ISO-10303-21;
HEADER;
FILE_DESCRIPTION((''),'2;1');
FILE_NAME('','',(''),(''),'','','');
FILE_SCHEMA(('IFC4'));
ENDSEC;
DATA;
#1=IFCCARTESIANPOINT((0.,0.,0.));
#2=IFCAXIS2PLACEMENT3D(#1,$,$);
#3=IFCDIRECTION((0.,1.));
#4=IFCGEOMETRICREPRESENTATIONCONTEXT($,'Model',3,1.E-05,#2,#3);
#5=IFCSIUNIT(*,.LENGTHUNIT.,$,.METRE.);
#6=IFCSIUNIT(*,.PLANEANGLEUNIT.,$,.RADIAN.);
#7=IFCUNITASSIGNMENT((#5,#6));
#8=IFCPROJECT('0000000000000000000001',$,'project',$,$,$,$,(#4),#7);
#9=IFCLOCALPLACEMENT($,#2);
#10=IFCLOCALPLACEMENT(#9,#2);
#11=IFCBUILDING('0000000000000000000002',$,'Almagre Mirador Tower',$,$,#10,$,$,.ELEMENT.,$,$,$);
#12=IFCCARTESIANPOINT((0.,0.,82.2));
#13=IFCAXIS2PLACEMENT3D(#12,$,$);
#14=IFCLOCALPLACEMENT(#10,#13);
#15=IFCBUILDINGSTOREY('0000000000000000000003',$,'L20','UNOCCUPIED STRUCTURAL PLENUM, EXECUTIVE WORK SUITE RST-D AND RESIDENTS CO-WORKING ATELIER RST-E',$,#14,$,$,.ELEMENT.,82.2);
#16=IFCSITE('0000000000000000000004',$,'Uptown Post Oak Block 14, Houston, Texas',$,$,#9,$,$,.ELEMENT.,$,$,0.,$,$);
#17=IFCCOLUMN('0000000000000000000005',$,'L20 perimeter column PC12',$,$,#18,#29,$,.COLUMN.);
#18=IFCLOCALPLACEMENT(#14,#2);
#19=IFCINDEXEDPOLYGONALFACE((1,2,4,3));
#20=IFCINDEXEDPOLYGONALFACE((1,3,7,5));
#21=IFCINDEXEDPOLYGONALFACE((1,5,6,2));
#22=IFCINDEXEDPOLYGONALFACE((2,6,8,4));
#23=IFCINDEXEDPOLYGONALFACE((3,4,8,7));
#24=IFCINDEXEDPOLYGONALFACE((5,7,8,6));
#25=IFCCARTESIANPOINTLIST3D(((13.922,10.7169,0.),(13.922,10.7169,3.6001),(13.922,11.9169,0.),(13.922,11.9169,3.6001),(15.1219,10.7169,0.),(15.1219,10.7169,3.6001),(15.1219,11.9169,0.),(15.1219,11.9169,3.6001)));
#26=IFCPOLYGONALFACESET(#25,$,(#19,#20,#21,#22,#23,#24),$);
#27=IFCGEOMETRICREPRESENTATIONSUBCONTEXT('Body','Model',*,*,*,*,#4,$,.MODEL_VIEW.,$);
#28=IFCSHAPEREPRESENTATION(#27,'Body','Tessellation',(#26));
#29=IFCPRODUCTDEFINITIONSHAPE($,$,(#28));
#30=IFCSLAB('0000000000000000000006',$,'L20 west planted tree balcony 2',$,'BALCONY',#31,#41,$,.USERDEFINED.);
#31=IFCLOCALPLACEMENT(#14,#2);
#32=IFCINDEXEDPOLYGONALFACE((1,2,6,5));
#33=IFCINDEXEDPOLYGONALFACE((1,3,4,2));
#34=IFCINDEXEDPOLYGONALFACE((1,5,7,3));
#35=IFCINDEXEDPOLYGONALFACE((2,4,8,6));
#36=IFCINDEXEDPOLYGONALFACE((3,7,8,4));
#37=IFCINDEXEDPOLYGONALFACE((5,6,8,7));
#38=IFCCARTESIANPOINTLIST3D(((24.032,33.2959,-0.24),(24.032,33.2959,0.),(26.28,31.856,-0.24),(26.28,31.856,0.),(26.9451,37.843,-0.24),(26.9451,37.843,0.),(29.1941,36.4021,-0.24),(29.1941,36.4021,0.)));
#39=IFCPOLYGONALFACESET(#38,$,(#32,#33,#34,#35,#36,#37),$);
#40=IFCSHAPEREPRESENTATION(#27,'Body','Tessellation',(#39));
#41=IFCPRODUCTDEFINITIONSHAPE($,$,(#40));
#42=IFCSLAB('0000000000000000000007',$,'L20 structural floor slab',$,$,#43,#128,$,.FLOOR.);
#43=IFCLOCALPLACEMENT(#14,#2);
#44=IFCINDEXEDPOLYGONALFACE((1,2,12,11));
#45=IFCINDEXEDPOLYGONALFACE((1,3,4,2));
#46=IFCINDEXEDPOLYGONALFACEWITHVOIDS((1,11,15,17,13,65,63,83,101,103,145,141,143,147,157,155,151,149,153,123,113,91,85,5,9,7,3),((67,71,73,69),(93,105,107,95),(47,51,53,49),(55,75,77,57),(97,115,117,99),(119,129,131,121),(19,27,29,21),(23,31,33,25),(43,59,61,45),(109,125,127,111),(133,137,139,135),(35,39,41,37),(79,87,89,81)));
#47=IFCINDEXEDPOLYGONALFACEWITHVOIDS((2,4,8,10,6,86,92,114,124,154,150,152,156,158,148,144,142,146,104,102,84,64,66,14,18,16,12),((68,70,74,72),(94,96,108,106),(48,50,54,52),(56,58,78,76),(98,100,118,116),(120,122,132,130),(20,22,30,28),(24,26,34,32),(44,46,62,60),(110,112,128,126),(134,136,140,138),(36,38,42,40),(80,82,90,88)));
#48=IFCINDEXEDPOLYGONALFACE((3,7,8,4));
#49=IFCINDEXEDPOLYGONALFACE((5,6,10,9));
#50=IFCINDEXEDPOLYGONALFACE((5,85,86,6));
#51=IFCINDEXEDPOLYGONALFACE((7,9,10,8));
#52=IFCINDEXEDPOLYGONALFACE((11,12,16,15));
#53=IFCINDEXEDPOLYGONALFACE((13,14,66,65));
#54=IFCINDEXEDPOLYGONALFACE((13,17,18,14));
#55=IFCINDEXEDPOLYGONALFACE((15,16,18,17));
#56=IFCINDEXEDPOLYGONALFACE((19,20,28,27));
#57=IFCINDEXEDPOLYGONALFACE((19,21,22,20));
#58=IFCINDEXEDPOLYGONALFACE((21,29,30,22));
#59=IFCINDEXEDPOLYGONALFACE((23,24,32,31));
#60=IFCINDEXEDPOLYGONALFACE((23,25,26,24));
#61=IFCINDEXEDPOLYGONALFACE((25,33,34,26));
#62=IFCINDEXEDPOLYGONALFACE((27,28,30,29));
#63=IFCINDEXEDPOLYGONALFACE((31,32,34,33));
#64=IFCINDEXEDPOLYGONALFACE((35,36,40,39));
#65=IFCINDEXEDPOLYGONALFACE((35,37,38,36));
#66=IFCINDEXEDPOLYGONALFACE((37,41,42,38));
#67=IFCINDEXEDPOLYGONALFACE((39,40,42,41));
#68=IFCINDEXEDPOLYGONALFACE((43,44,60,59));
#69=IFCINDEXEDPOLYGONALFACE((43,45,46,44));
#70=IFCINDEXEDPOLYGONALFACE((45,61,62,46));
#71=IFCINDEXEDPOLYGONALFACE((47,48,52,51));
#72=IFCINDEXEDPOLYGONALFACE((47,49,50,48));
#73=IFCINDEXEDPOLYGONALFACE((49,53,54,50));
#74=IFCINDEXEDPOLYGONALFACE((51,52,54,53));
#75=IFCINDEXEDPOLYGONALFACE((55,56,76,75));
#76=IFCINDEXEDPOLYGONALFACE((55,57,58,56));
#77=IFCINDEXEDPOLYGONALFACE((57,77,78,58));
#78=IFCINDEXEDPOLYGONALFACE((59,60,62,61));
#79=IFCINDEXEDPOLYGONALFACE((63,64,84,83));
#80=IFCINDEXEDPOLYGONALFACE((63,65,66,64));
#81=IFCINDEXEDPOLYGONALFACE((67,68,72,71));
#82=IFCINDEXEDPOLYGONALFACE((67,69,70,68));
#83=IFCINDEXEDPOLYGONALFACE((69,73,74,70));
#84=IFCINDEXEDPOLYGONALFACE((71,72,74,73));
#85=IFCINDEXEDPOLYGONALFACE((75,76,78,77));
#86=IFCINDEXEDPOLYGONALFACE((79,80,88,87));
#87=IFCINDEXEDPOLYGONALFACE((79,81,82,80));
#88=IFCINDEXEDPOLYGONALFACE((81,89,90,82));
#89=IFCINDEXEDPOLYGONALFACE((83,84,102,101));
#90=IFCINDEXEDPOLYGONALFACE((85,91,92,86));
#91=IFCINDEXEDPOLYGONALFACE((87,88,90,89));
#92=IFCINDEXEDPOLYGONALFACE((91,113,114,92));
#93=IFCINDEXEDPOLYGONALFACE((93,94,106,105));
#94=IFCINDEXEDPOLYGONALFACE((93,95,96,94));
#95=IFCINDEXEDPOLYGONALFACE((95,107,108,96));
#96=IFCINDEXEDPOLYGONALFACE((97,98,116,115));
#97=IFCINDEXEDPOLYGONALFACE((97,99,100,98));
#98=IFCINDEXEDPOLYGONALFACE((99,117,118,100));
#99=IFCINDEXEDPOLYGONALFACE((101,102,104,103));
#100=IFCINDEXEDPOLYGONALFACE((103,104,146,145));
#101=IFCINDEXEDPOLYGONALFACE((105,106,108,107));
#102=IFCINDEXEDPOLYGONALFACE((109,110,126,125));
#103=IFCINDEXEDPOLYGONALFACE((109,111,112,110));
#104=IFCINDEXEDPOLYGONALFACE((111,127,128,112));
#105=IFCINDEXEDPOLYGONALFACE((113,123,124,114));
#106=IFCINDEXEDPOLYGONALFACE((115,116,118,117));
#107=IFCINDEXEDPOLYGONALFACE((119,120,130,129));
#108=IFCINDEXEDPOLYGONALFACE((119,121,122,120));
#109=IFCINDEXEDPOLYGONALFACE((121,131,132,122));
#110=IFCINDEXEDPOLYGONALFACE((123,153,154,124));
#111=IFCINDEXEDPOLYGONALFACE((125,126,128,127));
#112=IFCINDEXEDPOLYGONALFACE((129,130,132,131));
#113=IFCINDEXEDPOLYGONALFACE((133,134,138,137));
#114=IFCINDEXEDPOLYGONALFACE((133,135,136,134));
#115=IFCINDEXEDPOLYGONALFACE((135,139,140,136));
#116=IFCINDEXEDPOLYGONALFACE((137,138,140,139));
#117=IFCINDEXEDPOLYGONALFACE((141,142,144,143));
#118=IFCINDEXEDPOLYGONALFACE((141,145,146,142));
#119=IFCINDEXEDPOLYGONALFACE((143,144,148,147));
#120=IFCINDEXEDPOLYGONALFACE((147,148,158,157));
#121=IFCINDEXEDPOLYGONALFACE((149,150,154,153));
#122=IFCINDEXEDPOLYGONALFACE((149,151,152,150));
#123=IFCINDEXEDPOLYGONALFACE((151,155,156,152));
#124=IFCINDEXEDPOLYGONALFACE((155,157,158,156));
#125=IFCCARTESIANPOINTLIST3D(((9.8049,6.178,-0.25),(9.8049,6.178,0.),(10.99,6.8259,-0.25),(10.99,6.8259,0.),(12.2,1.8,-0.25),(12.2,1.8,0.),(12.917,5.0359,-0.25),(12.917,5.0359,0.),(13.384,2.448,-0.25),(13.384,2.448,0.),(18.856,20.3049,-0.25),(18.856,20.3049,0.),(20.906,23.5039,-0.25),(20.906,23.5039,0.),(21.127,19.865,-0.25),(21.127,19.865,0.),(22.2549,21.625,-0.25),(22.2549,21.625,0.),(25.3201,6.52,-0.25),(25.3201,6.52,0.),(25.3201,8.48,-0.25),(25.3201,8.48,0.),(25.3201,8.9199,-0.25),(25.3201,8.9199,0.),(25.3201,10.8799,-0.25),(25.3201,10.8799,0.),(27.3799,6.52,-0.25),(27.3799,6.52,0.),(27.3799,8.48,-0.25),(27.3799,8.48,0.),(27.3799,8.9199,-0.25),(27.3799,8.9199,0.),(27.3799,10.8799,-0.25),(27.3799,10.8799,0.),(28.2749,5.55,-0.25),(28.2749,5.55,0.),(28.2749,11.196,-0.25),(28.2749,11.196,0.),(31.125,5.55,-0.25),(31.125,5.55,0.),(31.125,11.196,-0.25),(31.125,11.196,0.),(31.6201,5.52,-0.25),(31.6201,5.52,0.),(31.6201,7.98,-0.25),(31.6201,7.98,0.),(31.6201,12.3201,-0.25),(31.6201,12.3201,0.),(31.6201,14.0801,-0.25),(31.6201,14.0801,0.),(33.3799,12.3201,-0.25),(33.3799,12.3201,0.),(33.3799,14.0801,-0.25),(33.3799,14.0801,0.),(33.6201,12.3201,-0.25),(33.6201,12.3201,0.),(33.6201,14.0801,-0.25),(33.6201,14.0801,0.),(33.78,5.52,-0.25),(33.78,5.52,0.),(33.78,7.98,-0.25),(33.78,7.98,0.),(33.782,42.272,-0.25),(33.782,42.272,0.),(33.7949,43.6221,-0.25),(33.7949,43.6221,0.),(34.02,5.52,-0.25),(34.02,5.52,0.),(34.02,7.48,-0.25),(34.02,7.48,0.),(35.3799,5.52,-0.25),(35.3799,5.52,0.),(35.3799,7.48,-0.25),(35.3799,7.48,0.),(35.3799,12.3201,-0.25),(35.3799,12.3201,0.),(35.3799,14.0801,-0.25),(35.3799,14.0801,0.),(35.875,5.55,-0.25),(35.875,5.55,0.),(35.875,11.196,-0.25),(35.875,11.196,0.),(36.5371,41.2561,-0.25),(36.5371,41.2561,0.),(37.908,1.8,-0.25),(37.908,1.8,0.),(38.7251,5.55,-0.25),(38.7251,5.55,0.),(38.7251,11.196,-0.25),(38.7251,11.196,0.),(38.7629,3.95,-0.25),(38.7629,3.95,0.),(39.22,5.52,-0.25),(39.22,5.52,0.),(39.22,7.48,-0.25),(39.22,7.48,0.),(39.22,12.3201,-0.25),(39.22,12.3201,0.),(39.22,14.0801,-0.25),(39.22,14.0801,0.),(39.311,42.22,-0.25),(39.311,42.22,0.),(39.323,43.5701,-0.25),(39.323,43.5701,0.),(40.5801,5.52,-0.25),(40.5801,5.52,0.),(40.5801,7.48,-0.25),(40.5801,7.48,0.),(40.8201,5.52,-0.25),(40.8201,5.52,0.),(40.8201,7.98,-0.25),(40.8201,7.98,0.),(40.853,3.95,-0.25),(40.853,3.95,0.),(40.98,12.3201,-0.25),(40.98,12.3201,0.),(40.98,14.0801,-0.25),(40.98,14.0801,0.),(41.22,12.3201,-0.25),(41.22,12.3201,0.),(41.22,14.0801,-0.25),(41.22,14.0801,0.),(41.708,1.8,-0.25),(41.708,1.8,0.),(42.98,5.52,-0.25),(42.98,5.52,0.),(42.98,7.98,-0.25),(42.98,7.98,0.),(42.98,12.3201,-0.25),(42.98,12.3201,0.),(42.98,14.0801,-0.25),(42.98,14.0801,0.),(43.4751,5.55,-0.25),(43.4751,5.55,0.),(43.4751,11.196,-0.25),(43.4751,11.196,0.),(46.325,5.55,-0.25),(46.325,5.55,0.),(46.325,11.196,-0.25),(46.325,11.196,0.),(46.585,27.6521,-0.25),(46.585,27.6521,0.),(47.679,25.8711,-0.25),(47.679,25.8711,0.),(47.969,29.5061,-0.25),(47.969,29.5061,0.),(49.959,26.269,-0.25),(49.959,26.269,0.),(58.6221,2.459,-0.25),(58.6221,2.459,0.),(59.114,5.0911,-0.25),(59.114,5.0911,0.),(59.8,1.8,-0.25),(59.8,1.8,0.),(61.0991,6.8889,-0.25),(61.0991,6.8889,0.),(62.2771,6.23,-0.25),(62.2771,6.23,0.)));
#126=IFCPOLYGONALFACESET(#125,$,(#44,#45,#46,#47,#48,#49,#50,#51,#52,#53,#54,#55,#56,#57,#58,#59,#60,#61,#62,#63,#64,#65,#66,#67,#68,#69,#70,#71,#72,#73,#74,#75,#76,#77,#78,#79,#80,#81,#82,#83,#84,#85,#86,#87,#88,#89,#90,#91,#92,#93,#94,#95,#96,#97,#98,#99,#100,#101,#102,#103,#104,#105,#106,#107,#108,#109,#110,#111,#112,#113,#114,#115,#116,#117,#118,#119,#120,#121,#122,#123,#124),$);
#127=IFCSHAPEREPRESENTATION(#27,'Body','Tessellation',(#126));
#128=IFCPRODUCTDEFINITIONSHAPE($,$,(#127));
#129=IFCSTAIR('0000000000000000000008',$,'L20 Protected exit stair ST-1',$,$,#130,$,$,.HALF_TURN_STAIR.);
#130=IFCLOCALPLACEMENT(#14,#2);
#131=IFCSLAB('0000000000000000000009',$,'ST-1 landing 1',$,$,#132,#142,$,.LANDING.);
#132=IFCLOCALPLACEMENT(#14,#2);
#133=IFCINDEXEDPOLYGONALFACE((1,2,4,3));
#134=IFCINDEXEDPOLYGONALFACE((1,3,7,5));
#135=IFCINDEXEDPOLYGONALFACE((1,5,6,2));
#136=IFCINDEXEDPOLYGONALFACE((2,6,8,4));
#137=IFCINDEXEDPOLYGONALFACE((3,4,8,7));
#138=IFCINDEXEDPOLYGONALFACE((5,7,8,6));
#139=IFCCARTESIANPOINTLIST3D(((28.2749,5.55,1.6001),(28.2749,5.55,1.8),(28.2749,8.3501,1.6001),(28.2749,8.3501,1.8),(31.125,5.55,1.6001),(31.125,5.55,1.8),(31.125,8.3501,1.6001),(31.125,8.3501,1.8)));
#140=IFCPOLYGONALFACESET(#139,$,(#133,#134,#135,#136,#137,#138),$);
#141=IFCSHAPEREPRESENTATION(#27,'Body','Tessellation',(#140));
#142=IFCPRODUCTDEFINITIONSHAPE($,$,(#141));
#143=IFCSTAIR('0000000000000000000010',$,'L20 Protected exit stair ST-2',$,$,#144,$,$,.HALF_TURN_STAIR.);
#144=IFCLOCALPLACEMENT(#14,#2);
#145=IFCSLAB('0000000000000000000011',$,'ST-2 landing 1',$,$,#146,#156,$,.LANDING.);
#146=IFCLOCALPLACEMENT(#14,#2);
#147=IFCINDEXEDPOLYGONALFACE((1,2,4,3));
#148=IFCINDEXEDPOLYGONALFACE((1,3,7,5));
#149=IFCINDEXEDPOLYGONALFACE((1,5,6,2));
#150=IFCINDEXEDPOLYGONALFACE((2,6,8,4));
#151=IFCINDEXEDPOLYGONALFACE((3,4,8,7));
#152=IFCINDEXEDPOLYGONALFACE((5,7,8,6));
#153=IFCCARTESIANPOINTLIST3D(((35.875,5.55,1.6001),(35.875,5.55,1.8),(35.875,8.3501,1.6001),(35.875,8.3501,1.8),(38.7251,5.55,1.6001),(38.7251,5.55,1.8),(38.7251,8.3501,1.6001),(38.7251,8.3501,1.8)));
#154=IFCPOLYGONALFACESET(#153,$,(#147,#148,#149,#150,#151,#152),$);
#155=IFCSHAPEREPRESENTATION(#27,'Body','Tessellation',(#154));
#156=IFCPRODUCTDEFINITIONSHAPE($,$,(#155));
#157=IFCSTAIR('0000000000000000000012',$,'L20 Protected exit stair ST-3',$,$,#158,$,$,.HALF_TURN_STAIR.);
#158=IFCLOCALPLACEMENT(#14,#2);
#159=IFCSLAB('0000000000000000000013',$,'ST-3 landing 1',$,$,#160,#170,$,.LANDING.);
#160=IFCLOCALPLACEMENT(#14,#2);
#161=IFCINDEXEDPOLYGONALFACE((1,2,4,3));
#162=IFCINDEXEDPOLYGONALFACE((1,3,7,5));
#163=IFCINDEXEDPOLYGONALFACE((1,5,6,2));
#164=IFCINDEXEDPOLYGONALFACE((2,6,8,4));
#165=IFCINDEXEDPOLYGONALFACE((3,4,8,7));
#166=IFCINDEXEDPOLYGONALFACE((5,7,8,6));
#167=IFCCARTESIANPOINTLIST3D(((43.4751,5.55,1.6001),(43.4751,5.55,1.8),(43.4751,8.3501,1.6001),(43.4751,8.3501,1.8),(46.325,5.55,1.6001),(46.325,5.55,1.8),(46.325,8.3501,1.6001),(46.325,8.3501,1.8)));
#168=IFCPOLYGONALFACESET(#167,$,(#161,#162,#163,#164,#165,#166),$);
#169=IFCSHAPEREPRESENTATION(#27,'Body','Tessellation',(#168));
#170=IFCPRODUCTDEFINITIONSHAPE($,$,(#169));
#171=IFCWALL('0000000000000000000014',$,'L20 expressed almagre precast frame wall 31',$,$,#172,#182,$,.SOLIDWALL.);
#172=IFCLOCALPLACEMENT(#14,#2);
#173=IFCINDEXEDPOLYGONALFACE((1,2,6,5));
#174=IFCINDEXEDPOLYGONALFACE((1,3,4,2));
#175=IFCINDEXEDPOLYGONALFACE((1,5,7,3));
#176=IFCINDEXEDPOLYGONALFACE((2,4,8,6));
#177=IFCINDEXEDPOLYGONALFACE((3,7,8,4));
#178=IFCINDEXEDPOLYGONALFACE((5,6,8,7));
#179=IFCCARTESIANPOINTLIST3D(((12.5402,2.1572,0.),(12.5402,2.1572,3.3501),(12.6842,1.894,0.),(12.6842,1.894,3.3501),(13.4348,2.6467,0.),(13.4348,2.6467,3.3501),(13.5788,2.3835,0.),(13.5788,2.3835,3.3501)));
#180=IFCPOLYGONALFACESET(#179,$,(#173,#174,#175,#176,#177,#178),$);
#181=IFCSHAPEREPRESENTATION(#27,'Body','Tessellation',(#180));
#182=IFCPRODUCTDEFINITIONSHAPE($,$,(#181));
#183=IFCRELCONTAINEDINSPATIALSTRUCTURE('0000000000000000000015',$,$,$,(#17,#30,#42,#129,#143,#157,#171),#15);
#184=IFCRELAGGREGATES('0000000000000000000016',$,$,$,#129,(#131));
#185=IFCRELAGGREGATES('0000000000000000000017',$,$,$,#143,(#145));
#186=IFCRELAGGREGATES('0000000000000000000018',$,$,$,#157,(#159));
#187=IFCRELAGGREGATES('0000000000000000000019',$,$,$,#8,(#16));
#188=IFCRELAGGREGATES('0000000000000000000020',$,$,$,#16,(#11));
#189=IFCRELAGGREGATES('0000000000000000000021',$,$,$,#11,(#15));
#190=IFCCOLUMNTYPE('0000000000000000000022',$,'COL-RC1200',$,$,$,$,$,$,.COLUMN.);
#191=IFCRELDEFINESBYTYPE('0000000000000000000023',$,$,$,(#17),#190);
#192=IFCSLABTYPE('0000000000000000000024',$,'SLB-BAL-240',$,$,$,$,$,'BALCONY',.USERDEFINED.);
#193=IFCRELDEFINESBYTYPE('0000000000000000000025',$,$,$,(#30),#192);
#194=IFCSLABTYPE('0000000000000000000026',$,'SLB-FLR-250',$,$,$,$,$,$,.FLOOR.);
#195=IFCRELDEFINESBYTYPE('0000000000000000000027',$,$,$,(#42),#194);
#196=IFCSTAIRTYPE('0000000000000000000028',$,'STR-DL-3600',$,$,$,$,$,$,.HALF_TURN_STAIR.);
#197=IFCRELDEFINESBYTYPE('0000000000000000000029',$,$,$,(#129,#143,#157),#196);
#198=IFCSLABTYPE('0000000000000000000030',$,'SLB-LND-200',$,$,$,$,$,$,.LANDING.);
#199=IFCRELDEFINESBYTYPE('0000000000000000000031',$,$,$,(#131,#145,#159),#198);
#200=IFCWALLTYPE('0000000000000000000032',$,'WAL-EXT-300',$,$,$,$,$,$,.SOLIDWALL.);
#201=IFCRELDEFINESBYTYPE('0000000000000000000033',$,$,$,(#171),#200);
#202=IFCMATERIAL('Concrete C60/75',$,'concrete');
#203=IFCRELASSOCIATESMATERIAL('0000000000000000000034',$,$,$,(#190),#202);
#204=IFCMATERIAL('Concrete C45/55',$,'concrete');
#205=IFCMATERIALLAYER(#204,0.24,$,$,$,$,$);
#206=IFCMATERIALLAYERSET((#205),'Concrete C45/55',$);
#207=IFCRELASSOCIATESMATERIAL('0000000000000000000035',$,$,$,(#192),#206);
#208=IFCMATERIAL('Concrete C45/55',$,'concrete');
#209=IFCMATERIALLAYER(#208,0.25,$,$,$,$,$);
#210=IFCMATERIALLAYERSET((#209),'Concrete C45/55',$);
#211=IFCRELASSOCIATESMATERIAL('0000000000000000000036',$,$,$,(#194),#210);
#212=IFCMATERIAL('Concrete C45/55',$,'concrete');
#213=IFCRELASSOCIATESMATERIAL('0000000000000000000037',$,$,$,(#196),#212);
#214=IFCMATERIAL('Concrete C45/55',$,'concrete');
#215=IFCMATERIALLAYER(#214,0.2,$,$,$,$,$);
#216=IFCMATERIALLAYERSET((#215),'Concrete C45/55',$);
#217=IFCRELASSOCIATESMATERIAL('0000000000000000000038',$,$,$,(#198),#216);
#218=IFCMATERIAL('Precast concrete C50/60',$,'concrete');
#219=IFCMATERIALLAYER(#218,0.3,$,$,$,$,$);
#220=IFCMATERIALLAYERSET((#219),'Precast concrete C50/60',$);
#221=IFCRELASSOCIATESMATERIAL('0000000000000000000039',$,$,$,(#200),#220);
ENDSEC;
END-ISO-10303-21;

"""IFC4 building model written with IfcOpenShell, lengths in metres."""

from ifc_helpers import new_model, si_unit, direction, frame, frame_2d, origin, origin_2d, place, context, subcontext, project, spatial, polyline, rectangle, outline, extrude, material, layer, layer_set, material_profile, profile_set, type_object, element, aggregate, save


model = new_model("IFC4")

# Units and contexts
model_context = context("Model", 3, precision=1e-05, world=origin(), true_north=direction((0.0, 1.0)))
body_context = subcontext(model_context, "Body", "Model", "MODEL_VIEW")
ifc_project = project(units=[si_unit("LENGTHUNIT", "METRE"), si_unit("PLANEANGLEUNIT", "RADIAN")], contexts=[model_context])

# Site, building, storey
site_placement = place(None, origin())
site = spatial("IfcSite", under=ifc_project, at=site_placement, Name="Uptown Post Oak Block 14, Houston, Texas", CompositionType="ELEMENT", RefElevation=0.0)
building_placement = place(site_placement, origin())
building = spatial("IfcBuilding", under=site, at=building_placement, Name="Almagre Mirador Tower", CompositionType="ELEMENT")
storey_placement = place(building_placement, frame((0.0, 0.0, 82.2)))
storey = spatial("IfcBuildingStorey", under=building, at=storey_placement, Name="L20", Description="UNOCCUPIED STRUCTURAL PLENUM, EXECUTIVE WORK SUITE RST-D AND RESIDENTS CO-WORKING ATELIER RST-E", CompositionType="ELEMENT", Elevation=82.2)

# Column
ifc_material_1 = material(Name="Concrete C60/75", Category="concrete")
ifc_material_profile = material_profile(ifc_material_1, rectangle(XDim=1.2, YDim=1.2, at=origin_2d()), Name="RC1200X1200")
ifc_profile_set = profile_set([ifc_material_profile], Name="Concrete C60/75")
column_type = type_object("IfcColumnType", Name="COL-RC1200", PredefinedType="COLUMN", material=ifc_profile_set)
column_placement = place(storey_placement, frame((14.522, 11.3169, 0.0), z_axis=(0.0, 0.0, 1.0), x_axis=(1.0, 0.0, 0.0)))
element("IfcColumn", 1, at=column_placement, inside=storey, type_object=column_type, Name="L20 perimeter column PC12", PredefinedType="COLUMN", context=body_context, shape_type="SweptSolid", body=[
    extrude(rectangle(XDim=1.2, YDim=1.2, at=origin_2d()), origin(), (0.0, 0.0, 1.0), 3.6001),
])

# Slabs
ifc_material_2 = material(Name="Concrete C45/55", Category="concrete")
ifc_layer_1 = layer(ifc_material_2, 0.24)
ifc_layer_set_1 = layer_set([ifc_layer_1], Name="Concrete C45/55")
slab_type_1 = type_object("IfcSlabType", Name="SLB-BAL-240", ElementType="BALCONY", PredefinedType="USERDEFINED", material=ifc_layer_set_1)
slab_1_placement = place(storey_placement, frame((0.0, 0.0, -0.24)))
element("IfcSlab", 2, at=slab_1_placement, inside=storey, type_object=slab_type_1, Name="L20 west planted tree balcony 2", ObjectType="BALCONY", PredefinedType="USERDEFINED", context=body_context, shape_type="SweptSolid", body=[
    extrude(outline(polyline([(29.1941, 36.4021), (26.28, 31.856), (24.032, 33.2959), (26.9451, 37.843), (29.1941, 36.4021)])), origin(), (0.0, 0.0, 1.0), 0.24),
])
ifc_material_3 = material(Name="Concrete C45/55", Category="concrete")
ifc_layer_2 = layer(ifc_material_3, 0.25)
ifc_layer_set_2 = layer_set([ifc_layer_2], Name="Concrete C45/55")
slab_type_2 = type_object("IfcSlabType", Name="SLB-FLR-250", PredefinedType="FLOOR", material=ifc_layer_set_2)
slab_2_placement = place(storey_placement, frame((0.0, 0.0, -0.25)))
element("IfcSlab", 3, at=slab_2_placement, inside=storey, type_object=slab_type_2, Name="L20 structural floor slab", PredefinedType="FLOOR", context=body_context, shape_type="SweptSolid", body=[
    extrude(outline(polyline([(9.8049, 6.178), (10.99, 6.8259), (12.917, 5.0359), (13.384, 2.448), (12.2, 1.8), (37.908, 1.8), (38.7629, 3.95), (40.853, 3.95), (41.708, 1.8), (59.8, 1.8), (58.6221, 2.459), (59.114, 5.0911), (61.0991, 6.8889), (62.2771, 6.23), (49.959, 26.269), (47.679, 25.8711), (46.585, 27.6521), (47.969, 29.5061), (39.323, 43.5701), (39.311, 42.22), (36.5371, 41.2561), (33.782, 42.272), (33.7949, 43.6221), (20.906, 23.5039), (22.2549, 21.625), (21.127, 19.865), (18.856, 20.3049), (9.8049, 6.178)]), holes=[polyline([(43.4751, 11.196), (46.325, 11.196), (46.325, 5.55), (43.4751, 5.55), (43.4751, 11.196)]), polyline([(40.8201, 5.52), (40.8201, 7.98), (42.98, 7.98), (42.98, 5.52), (40.8201, 5.52)]), polyline([(41.22, 12.3201), (41.22, 14.0801), (42.98, 14.0801), (42.98, 12.3201), (41.22, 12.3201)]), polyline([(39.22, 12.3201), (39.22, 14.0801), (40.98, 14.0801), (40.98, 12.3201), (39.22, 12.3201)]), polyline([(39.22, 5.52), (39.22, 7.48), (40.5801, 7.48), (40.5801, 5.52), (39.22, 5.52)]), polyline([(35.875, 11.196), (38.7251, 11.196), (38.7251, 5.55), (35.875, 5.55), (35.875, 11.196)]), polyline([(35.3799, 5.52), (34.02, 5.52), (34.02, 7.48), (35.3799, 7.48), (35.3799, 5.52)]), polyline([(35.3799, 12.3201), (33.6201, 12.3201), (33.6201, 14.0801), (35.3799, 14.0801), (35.3799, 12.3201)]), polyline([(31.6201, 5.52), (31.6201, 7.98), (33.78, 7.98), (33.78, 5.52), (31.6201, 5.52)]), polyline([(31.6201, 12.3201), (31.6201, 14.0801), (33.3799, 14.0801), (33.3799, 12.3201), (31.6201, 12.3201)]), polyline([(28.2749, 5.55), (28.2749, 11.196), (31.125, 11.196), (31.125, 5.55), (28.2749, 5.55)]), polyline([(25.3201, 6.52), (25.3201, 8.48), (27.3799, 8.48), (27.3799, 6.52), (25.3201, 6.52)]), polyline([(25.3201, 8.9199), (25.3201, 10.8799), (27.3799, 10.8799), (27.3799, 8.9199), (25.3201, 8.9199)])]), origin(), (0.0, 0.0, 1.0), 0.25),
])

# Stairs, slabs
ifc_material_4 = material(Name="Concrete C45/55", Category="concrete")
stair_type = type_object("IfcStairType", Name="STR-DL-3600", PredefinedType="HALF_TURN_STAIR", material=ifc_material_4)
stair_1_placement = place(storey_placement, origin())
stair_1 = element("IfcStair", 4, at=stair_1_placement, inside=storey, type_object=stair_type, Name="L20 Protected exit stair ST-1", PredefinedType="HALF_TURN_STAIR")
ifc_material_5 = material(Name="Concrete C45/55", Category="concrete")
ifc_layer_3 = layer(ifc_material_5, 0.2)
ifc_layer_set_3 = layer_set([ifc_layer_3], Name="Concrete C45/55")
slab_type_3 = type_object("IfcSlabType", Name="SLB-LND-200", PredefinedType="LANDING", material=ifc_layer_set_3)
slab_3_placement = place(storey_placement, frame((0.0, 0.0, 1.6001)))
slab_3 = element("IfcSlab", 5, at=slab_3_placement, type_object=slab_type_3, Name="ST-1 landing 1", PredefinedType="LANDING", context=body_context, shape_type="SweptSolid", body=[
    extrude(outline(polyline([(28.2749, 8.3501), (28.2749, 5.55), (31.125, 5.55), (31.125, 8.3501), (28.2749, 8.3501)])), origin(), (0.0, 0.0, 1.0), 0.2),
])
aggregate(stair_1, [slab_3])
stair_2_placement = place(storey_placement, origin())
stair_2 = element("IfcStair", 6, at=stair_2_placement, inside=storey, type_object=stair_type, Name="L20 Protected exit stair ST-2", PredefinedType="HALF_TURN_STAIR")
slab_4_placement = place(storey_placement, frame((0.0, 0.0, 1.6001)))
slab_4 = element("IfcSlab", 7, at=slab_4_placement, type_object=slab_type_3, Name="ST-2 landing 1", PredefinedType="LANDING", context=body_context, shape_type="SweptSolid", body=[
    extrude(outline(polyline([(35.875, 8.3501), (35.875, 5.55), (38.7251, 5.55), (38.7251, 8.3501), (35.875, 8.3501)])), origin(), (0.0, 0.0, 1.0), 0.2),
])
aggregate(stair_2, [slab_4])
stair_3_placement = place(storey_placement, origin())
stair_3 = element("IfcStair", 8, at=stair_3_placement, inside=storey, type_object=stair_type, Name="L20 Protected exit stair ST-3", PredefinedType="HALF_TURN_STAIR")
slab_5_placement = place(storey_placement, frame((0.0, 0.0, 1.6001)))
slab_5 = element("IfcSlab", 9, at=slab_5_placement, type_object=slab_type_3, Name="ST-3 landing 1", PredefinedType="LANDING", context=body_context, shape_type="SweptSolid", body=[
    extrude(outline(polyline([(43.4751, 8.3501), (43.4751, 5.55), (46.325, 5.55), (46.325, 8.3501), (43.4751, 8.3501)])), origin(), (0.0, 0.0, 1.0), 0.2),
])
aggregate(stair_3, [slab_5])

# Wall
ifc_material_6 = material(Name="Precast concrete C50/60", Category="concrete")
ifc_layer_4 = layer(ifc_material_6, 0.3)
ifc_layer_set_4 = layer_set([ifc_layer_4], Name="Precast concrete C50/60")
wall_type_1 = type_object("IfcWallType", Name="WAL-EXT-300", PredefinedType="SOLIDWALL", material=ifc_layer_set_4)
wall_1_placement = place(storey_placement, frame((12.6123, 2.0256, 0.0), z_axis=(0.0, 0.0, 1.0), x_axis=(0.877245, 0.480043, 0.0)))
element("IfcWall", 10, at=wall_1_placement, inside=storey, type_object=wall_type_1, Name="L20 expressed almagre precast frame wall 31", PredefinedType="SOLIDWALL", context=body_context, shape_type="SweptSolid", body=[
    extrude(rectangle(XDim=1.0198, YDim=0.3, at=frame_2d((0.5098, 0.0))), origin(), (0.0, 0.0, 1.0), 3.3501),
])

save(model, "model.ifc")
